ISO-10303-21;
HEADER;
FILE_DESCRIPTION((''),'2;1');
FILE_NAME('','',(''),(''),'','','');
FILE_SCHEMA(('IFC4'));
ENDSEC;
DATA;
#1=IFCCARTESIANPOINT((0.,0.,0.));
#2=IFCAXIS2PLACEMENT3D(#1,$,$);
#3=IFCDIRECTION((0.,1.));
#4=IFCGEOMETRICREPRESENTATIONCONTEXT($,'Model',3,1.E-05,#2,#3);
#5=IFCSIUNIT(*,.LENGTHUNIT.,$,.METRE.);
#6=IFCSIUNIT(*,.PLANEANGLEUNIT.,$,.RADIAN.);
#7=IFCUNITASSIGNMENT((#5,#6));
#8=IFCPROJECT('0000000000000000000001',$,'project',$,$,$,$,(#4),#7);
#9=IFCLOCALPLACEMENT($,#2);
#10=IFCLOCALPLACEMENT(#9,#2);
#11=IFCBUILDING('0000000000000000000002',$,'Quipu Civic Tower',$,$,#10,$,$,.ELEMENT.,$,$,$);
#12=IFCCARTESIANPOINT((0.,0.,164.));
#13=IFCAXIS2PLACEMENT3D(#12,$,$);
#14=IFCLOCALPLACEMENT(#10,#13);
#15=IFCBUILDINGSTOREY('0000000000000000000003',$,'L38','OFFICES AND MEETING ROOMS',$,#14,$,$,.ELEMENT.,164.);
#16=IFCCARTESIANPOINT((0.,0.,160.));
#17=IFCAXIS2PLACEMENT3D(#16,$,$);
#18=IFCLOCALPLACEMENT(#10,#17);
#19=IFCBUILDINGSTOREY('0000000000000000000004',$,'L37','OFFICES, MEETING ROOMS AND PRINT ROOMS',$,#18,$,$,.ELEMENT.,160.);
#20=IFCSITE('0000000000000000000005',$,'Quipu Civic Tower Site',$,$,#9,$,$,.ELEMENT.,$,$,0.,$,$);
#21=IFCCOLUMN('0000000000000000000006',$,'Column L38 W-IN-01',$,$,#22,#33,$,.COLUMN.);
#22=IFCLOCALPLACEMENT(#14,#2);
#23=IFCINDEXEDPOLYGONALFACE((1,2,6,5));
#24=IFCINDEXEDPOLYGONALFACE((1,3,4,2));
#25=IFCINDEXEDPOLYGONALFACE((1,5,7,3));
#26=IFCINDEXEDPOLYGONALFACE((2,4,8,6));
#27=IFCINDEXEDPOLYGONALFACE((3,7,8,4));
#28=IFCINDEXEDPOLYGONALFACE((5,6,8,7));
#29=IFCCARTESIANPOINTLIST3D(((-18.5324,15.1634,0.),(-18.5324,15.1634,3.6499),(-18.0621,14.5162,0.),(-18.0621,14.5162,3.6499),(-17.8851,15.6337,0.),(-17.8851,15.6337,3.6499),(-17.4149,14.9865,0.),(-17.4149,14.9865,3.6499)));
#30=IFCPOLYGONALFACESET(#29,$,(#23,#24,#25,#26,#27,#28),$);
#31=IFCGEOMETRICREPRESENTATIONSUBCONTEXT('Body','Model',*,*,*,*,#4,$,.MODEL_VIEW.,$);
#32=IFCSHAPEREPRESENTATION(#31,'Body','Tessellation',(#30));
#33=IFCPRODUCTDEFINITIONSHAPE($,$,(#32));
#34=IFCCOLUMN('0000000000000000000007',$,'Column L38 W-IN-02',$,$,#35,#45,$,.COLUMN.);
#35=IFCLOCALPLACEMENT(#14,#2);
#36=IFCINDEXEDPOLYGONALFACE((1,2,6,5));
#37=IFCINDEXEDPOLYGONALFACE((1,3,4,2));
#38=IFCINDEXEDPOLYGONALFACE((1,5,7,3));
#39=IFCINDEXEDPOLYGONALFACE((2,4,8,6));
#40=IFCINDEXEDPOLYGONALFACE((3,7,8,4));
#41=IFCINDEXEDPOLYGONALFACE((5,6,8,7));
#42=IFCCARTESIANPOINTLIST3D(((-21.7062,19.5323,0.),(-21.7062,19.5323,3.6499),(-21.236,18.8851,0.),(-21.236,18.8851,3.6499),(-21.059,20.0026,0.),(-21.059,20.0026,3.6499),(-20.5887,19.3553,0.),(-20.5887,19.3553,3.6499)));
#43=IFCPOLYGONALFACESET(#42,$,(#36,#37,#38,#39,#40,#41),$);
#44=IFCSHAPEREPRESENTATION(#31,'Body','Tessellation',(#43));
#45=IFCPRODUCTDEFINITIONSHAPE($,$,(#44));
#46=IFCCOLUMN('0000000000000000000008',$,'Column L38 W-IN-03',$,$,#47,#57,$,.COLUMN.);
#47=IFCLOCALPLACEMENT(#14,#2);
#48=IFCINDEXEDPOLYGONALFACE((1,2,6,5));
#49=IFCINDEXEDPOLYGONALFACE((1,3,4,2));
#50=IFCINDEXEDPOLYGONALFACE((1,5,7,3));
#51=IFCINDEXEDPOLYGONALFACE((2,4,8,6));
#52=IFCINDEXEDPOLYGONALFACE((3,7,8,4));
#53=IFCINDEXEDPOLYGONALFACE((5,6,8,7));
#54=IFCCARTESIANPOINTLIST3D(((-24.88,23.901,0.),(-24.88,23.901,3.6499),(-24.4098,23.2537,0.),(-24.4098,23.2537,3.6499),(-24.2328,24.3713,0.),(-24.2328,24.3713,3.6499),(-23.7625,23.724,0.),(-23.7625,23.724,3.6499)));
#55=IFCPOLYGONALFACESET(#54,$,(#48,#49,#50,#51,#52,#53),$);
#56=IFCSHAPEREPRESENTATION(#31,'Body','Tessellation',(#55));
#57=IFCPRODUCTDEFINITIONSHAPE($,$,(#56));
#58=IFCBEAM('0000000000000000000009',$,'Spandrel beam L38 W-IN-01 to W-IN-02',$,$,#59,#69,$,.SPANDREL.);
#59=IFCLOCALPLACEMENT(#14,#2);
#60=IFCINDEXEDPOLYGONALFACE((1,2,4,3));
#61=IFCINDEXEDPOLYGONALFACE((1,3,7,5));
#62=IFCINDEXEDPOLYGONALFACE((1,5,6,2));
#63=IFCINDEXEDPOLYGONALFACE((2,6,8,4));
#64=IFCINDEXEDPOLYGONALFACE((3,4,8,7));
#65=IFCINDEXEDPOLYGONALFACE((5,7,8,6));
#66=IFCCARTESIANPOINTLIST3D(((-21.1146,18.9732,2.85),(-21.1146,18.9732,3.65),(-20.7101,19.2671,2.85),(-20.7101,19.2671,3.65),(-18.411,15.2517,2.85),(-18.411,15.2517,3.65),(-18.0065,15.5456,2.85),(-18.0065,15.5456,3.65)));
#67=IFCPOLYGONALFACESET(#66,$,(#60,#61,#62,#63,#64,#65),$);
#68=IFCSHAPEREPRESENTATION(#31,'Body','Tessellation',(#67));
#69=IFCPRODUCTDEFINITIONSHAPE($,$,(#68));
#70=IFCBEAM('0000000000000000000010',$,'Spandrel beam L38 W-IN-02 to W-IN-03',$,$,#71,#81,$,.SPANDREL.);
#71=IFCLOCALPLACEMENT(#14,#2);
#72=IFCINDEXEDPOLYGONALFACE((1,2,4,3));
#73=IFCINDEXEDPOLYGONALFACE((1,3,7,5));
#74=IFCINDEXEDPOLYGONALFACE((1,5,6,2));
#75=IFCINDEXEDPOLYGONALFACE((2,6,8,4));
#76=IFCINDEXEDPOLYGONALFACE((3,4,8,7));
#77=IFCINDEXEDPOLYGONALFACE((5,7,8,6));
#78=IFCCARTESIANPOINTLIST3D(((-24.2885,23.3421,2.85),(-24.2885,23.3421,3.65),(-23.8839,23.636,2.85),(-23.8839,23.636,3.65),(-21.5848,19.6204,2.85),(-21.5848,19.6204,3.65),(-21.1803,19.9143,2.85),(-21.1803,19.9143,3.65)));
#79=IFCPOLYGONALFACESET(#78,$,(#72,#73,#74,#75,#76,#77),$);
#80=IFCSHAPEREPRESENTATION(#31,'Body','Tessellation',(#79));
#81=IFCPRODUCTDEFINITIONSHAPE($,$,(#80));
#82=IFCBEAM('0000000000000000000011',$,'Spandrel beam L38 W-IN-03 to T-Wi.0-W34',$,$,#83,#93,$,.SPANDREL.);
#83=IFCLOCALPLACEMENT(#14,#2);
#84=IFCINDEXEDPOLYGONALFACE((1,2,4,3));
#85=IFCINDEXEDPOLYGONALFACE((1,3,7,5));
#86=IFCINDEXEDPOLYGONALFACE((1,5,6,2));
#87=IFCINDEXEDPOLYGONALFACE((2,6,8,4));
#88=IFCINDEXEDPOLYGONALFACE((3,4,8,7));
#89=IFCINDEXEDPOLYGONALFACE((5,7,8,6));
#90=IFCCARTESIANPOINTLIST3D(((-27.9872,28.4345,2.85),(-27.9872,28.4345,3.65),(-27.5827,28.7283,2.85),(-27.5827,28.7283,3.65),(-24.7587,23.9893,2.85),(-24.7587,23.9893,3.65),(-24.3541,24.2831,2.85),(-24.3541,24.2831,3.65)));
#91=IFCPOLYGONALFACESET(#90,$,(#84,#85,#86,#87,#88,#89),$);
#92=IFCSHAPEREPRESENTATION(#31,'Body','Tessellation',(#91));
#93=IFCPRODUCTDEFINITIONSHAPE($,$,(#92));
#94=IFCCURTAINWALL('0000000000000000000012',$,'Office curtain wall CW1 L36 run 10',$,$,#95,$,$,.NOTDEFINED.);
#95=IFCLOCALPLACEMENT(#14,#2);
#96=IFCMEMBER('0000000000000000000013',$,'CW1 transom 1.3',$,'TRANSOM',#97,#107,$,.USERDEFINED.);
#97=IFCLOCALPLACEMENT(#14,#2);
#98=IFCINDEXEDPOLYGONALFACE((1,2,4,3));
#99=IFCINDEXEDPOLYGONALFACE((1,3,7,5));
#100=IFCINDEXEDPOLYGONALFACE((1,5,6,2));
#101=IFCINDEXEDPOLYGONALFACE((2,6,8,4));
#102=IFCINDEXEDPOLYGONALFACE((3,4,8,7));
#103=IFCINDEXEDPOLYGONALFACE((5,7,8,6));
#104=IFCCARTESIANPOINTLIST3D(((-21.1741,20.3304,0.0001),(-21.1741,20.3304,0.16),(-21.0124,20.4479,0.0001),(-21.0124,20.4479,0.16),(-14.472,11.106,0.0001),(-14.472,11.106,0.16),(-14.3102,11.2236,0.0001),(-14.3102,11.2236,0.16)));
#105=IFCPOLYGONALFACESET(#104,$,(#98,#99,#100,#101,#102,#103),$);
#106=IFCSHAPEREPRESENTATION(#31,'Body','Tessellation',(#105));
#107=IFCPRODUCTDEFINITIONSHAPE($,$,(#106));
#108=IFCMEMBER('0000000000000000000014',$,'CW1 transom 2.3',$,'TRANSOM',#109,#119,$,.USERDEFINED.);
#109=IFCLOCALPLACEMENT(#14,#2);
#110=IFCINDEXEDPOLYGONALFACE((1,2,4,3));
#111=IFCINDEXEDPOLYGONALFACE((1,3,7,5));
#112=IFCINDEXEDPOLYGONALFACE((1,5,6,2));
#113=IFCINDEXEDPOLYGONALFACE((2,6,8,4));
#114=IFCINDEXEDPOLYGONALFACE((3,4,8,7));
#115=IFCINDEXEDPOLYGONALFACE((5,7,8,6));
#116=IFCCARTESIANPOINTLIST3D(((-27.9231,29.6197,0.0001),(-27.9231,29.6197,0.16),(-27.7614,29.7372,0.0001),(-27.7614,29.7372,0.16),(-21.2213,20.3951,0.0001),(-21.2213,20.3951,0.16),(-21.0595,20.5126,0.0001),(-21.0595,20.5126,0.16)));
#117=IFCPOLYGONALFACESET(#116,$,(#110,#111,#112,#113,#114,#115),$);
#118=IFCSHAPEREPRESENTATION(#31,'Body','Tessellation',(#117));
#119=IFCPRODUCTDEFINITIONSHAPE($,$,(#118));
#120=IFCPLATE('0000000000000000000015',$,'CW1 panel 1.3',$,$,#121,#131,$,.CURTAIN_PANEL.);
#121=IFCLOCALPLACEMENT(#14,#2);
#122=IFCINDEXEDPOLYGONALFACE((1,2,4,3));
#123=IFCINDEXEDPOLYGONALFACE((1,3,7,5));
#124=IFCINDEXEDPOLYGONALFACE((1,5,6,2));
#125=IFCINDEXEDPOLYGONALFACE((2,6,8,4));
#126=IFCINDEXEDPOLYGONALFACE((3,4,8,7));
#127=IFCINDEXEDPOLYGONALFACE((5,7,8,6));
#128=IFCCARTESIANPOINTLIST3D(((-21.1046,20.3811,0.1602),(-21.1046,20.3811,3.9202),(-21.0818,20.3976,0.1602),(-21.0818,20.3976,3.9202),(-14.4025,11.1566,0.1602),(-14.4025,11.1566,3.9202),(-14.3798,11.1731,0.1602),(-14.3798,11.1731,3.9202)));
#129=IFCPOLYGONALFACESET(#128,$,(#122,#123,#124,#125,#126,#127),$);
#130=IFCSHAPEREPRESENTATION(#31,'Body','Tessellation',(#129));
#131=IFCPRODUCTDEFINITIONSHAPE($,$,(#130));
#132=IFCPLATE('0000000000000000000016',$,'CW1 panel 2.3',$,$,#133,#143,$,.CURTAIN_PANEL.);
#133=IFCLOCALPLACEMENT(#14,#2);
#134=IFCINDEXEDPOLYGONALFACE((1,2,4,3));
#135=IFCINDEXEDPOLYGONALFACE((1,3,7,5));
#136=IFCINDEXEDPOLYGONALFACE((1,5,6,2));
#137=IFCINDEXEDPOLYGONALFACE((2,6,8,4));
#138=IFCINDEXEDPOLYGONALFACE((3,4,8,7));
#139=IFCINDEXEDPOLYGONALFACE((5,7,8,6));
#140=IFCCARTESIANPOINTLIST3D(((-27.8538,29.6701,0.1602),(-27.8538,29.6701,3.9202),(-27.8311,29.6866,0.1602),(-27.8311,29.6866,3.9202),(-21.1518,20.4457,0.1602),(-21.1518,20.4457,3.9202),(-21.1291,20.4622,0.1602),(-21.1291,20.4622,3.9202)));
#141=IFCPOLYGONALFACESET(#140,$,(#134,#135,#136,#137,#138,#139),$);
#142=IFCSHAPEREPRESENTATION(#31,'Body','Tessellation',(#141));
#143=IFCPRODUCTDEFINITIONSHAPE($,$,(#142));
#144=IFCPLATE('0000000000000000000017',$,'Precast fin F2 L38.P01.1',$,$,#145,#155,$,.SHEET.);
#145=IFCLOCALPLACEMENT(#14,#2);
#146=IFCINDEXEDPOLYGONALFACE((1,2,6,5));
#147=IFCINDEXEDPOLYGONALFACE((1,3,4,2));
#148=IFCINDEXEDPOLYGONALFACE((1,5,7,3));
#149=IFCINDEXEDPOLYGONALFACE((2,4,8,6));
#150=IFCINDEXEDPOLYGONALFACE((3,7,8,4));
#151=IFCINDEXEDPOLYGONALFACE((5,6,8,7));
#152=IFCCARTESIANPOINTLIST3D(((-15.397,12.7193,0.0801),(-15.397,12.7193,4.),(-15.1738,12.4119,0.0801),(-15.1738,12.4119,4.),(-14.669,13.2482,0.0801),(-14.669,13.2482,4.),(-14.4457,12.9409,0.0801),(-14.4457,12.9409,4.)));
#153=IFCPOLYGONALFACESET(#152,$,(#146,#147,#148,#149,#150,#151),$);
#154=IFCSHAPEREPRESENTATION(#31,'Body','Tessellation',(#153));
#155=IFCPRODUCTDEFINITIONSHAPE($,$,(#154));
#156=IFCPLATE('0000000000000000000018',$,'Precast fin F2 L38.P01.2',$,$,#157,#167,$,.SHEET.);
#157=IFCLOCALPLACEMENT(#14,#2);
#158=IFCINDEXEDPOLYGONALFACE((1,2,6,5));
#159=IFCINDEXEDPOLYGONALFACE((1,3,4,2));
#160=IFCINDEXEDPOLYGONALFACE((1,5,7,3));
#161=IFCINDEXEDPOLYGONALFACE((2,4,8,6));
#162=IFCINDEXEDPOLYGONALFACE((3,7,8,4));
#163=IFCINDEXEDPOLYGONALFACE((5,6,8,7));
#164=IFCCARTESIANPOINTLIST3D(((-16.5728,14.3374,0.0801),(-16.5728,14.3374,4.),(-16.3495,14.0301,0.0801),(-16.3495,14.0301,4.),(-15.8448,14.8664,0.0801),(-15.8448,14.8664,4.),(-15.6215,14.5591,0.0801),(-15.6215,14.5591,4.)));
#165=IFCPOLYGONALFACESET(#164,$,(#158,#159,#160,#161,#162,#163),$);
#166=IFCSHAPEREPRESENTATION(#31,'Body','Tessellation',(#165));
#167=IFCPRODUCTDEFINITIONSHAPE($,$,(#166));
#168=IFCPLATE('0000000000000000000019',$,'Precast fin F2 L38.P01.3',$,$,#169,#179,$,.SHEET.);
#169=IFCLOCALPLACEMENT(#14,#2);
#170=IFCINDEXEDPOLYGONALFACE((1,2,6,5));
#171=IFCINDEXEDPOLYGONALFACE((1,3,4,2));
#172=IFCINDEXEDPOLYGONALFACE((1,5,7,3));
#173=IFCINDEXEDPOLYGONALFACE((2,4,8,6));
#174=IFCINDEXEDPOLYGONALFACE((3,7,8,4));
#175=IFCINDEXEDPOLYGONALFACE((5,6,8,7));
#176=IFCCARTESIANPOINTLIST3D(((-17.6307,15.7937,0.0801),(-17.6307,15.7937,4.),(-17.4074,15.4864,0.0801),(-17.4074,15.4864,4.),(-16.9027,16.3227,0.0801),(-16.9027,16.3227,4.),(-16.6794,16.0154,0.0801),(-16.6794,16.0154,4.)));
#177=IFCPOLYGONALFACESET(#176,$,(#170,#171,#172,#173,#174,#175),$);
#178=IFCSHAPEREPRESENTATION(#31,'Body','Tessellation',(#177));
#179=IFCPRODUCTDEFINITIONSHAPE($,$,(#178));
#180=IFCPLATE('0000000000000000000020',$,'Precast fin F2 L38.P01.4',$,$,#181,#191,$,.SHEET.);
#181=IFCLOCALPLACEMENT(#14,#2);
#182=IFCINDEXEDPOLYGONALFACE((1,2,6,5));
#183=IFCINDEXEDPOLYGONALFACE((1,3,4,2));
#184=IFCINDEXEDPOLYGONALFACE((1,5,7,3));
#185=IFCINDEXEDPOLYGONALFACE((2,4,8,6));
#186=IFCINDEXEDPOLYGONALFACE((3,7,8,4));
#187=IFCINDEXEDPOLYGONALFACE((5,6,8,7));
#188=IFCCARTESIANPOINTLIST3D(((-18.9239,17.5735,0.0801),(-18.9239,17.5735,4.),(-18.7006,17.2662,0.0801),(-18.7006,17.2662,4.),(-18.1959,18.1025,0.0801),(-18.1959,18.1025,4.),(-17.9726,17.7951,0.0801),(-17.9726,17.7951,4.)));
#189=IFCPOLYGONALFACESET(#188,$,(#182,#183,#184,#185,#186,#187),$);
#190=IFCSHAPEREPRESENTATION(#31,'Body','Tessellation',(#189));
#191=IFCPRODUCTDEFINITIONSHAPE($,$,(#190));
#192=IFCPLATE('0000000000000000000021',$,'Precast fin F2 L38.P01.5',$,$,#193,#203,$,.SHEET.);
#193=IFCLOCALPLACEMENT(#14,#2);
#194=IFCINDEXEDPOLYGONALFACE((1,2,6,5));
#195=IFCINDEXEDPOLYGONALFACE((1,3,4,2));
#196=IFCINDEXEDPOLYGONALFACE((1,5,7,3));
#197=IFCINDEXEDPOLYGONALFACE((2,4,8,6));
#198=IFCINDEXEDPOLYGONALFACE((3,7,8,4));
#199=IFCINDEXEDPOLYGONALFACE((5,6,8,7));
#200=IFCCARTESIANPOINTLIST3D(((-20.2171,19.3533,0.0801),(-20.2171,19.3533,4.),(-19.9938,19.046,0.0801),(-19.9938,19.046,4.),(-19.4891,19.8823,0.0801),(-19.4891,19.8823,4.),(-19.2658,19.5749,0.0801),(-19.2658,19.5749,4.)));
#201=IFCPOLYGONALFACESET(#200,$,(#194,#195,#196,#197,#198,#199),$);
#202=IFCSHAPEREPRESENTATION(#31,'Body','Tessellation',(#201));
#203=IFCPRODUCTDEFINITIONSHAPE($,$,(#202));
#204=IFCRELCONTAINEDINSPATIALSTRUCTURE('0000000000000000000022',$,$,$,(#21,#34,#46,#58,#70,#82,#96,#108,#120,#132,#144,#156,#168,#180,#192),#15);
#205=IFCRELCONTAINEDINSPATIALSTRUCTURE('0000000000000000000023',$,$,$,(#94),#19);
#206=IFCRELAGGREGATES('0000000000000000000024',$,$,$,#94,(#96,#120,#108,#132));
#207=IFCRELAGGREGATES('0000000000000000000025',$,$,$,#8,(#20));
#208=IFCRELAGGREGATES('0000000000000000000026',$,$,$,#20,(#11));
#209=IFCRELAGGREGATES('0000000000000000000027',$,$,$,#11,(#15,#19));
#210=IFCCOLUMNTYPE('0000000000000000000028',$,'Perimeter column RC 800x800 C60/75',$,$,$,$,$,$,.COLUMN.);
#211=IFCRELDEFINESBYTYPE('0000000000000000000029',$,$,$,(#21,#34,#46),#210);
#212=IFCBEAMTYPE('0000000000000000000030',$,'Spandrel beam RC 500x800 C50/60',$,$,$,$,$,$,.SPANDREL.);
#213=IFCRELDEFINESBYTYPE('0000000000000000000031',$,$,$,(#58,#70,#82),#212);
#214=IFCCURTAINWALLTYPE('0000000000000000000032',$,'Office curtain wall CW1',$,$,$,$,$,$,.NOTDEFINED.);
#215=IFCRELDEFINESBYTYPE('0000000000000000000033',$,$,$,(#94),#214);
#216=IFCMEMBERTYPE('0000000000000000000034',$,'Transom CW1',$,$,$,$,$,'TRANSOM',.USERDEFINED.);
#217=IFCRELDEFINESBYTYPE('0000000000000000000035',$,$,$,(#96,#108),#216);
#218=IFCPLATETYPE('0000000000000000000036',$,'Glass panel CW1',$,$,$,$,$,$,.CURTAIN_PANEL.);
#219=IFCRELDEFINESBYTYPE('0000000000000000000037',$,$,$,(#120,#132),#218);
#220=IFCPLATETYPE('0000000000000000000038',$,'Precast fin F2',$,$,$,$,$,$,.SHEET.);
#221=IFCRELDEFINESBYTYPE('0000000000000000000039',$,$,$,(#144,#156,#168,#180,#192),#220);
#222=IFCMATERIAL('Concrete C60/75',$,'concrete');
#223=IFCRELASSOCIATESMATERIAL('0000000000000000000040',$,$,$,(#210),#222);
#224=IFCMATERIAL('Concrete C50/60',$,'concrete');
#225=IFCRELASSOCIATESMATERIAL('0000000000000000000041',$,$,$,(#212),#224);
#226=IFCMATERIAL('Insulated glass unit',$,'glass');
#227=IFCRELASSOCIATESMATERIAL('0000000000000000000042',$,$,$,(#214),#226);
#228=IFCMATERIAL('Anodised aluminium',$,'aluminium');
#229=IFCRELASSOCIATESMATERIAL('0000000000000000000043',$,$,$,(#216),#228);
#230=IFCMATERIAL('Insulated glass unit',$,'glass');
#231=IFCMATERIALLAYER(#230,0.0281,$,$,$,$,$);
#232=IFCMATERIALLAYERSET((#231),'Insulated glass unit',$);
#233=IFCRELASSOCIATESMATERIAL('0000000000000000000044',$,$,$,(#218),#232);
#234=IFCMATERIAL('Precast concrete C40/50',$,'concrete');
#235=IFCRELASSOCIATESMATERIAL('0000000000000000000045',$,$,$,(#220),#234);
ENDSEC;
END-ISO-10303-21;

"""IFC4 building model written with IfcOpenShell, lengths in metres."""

from ifc_helpers import new_model, si_unit, direction, frame, origin, origin_2d, place, context, subcontext, project, spatial, rectangle, extrude, material, layer, layer_set, material_profile, profile_set, type_object, element, aggregate, save


model = new_model("IFC4")

# Units and contexts
model_context = context("Model", 3, precision=1e-05, world=origin(), true_north=direction((0.0, 1.0)))
body_context = subcontext(model_context, "Body", "Model", "MODEL_VIEW")
ifc_project = project(units=[si_unit("LENGTHUNIT", "METRE"), si_unit("PLANEANGLEUNIT", "RADIAN")], contexts=[model_context])

# Site, building, storey
site_placement = place(None, origin())
site = spatial("IfcSite", under=ifc_project, at=site_placement, Name="Quipu Civic Tower Site", CompositionType="ELEMENT", RefElevation=0.0)
building_placement = place(site_placement, origin())
building = spatial("IfcBuilding", under=site, at=building_placement, Name="Quipu Civic Tower", CompositionType="ELEMENT")
storey_1_placement = place(building_placement, frame((0.0, 0.0, 164.0)))
storey_1 = spatial("IfcBuildingStorey", under=building, at=storey_1_placement, Name="L38", Description="OFFICES AND MEETING ROOMS", CompositionType="ELEMENT", Elevation=164.0)

# Columns
ifc_material_1 = material(Name="Concrete C60/75", Category="concrete")
ifc_material_profile_1 = material_profile(ifc_material_1, rectangle(XDim=0.8, YDim=0.8, at=origin_2d()), Name="RC800x800")
ifc_profile_set_1 = profile_set([ifc_material_profile_1], Name="Concrete C60/75")
column_type = type_object("IfcColumnType", Name="Perimeter column RC 800x800 C60/75", PredefinedType="COLUMN", material=ifc_profile_set_1)
for number, where, z_axis, x_axis, name in (
    (1, (-17.9736, 15.075, 0.0), (0.0, 0.0, 1.0), (-0.587785, 0.809017, 0.0), "Column L38 W-IN-01"),
    (2, (-21.1475, 19.4438, 0.0), (0.0, 0.0, 1.0), (-0.587785, 0.809017, 0.0), "Column L38 W-IN-02"),
    (3, (-24.3213, 23.8125, 0.0), (0.0, 0.0, 1.0), (-0.587785, 0.809017, 0.0), "Column L38 W-IN-03"),
):
    element("IfcColumn", number, at=place(storey_1_placement, frame(where, z_axis=z_axis, x_axis=x_axis)), inside=storey_1, type_object=column_type, Name=name, PredefinedType="COLUMN", context=body_context, shape_type="SweptSolid", body=[
        extrude(rectangle(XDim=0.8, YDim=0.8, at=origin_2d()), origin(), (0.0, 0.0, 1.0), 3.6499),
    ])

# Beams
ifc_material_2 = material(Name="Concrete C50/60", Category="concrete")
ifc_material_profile_2 = material_profile(ifc_material_2, rectangle(XDim=0.5, YDim=0.8, at=origin_2d()), Name="RC500x800")
ifc_profile_set_2 = profile_set([ifc_material_profile_2], Name="Concrete C50/60")
beam_type = type_object("IfcBeamType", Name="Spandrel beam RC 500x800 C50/60", PredefinedType="SPANDREL", material=ifc_profile_set_2)
beam_1_placement = place(storey_1_placement, frame((-18.2087, 15.3987, 3.25), z_axis=(-0.587761, 0.809034, 0.0), x_axis=(-0.809034, -0.587761, 0.0)))
element("IfcBeam", 4, at=beam_1_placement, inside=storey_1, type_object=beam_type, Name="Spandrel beam L38 W-IN-01 to W-IN-02", PredefinedType="SPANDREL", context=body_context, shape_type="SweptSolid", body=[
    extrude(rectangle(XDim=0.5, YDim=0.8, at=origin_2d()), origin(), (0.0, 0.0, 1.0), 4.5999),
])
beam_2_placement = place(storey_1_placement, frame((-21.3826, 19.7673, 3.25), z_axis=(-0.587736, 0.809053, 0.0), x_axis=(-0.809053, -0.587736, 0.0)))
element("IfcBeam", 5, at=beam_2_placement, inside=storey_1, type_object=beam_type, Name="Spandrel beam L38 W-IN-02 to W-IN-03", PredefinedType="SPANDREL", context=body_context, shape_type="SweptSolid", body=[
    extrude(rectangle(XDim=0.5, YDim=0.8, at=origin_2d()), origin(), (0.0, 0.0, 1.0), 4.6001),
])
beam_3_placement = place(storey_1_placement, frame((-24.5564, 24.1362, 3.25), z_axis=(-0.587664, 0.809105, 0.0), x_axis=(-0.809105, -0.587664, 0.0)))
element("IfcBeam", 6, at=beam_3_placement, inside=storey_1, type_object=beam_type, Name="Spandrel beam L38 W-IN-03 to T-Wi.0-W34", PredefinedType="SPANDREL", context=body_context, shape_type="SweptSolid", body=[
    extrude(rectangle(XDim=0.5, YDim=0.8, at=origin_2d()), origin(), (0.0, 0.0, 1.0), 5.4939),
])

# Shared definitions
storey_2_placement = place(building_placement, frame((0.0, 0.0, 160.0)))
storey_2 = spatial("IfcBuildingStorey", under=building, at=storey_2_placement, Name="L37", Description="OFFICES, MEETING ROOMS AND PRINT ROOMS", CompositionType="ELEMENT", Elevation=160.0)

# Curtain wall, members, plates
ifc_material_3 = material(Name="Insulated glass unit", Category="glass")
curtain_wall_type = type_object("IfcCurtainWallType", Name="Office curtain wall CW1", PredefinedType="NOTDEFINED", material=ifc_material_3)
curtain_wall_placement = place(storey_2_placement, origin())
curtain_wall = element("IfcCurtainWall", 7, at=curtain_wall_placement, inside=storey_2, type_object=curtain_wall_type, Name="Office curtain wall CW1 L36 run 10", PredefinedType="NOTDEFINED")
ifc_material_4 = material(Name="Anodised aluminium", Category="aluminium")
ifc_material_profile_3 = material_profile(ifc_material_4, rectangle(XDim=0.2, YDim=0.1599, at=origin_2d()), Name="RECT 200x160")
ifc_profile_set_3 = profile_set([ifc_material_profile_3], Name="Anodised aluminium")
member_type = type_object("IfcMemberType", Name="Transom CW1", ElementType="TRANSOM", PredefinedType="USERDEFINED", material=ifc_profile_set_3)
member_1_placement = place(storey_1_placement, frame((-14.3911, 11.1648, 0.0801), z_axis=(-0.5878, 0.809006, 0.0), x_axis=(-0.809006, -0.5878, 0.0)))
member_1 = element("IfcMember", 8, at=member_1_placement, inside=storey_1, type_object=member_type, Name="CW1 transom 1.3", ObjectType="TRANSOM", PredefinedType="USERDEFINED", context=body_context, shape_type="SweptSolid", body=[
    extrude(rectangle(XDim=0.2, YDim=0.1599, at=origin_2d()), origin(), (0.0, 0.0, 1.0), 11.4021),
])
member_2_placement = place(storey_1_placement, frame((-21.1404, 20.4539, 0.0801), z_axis=(-0.587776, 0.809024, 0.0), x_axis=(-0.809024, -0.587776, 0.0)))
member_2 = element("IfcMember", 9, at=member_2_placement, inside=storey_1, type_object=member_type, Name="CW1 transom 2.3", ObjectType="TRANSOM", PredefinedType="USERDEFINED", context=body_context, shape_type="SweptSolid", body=[
    extrude(rectangle(XDim=0.2, YDim=0.1599, at=origin_2d()), origin(), (0.0, 0.0, 1.0), 11.4021),
])
ifc_material_5 = material(Name="Insulated glass unit", Category="glass")
ifc_layer_1 = layer(ifc_material_5, 0.0281)
ifc_layer_set_1 = layer_set([ifc_layer_1], Name="Insulated glass unit")
plate_type_1 = type_object("IfcPlateType", Name="Glass panel CW1", PredefinedType="CURTAIN_PANEL", material=ifc_layer_set_1)
plate_1_placement = place(storey_1_placement, frame((-17.7422, 15.7771, 0.1602), z_axis=(0.0, 0.0, 1.0), x_axis=(-0.587789, 0.809014, 0.0)))
plate_1 = element("IfcPlate", 10, at=plate_1_placement, inside=storey_1, type_object=plate_type_1, Name="CW1 panel 1.3", PredefinedType="CURTAIN_PANEL", context=body_context, shape_type="SweptSolid", body=[
    extrude(rectangle(XDim=11.4021, YDim=0.0281, at=origin_2d()), origin(), (0.0, 0.0, 1.0), 3.76),
])
plate_2_placement = place(storey_1_placement, frame((-24.4915, 25.0662, 0.1602), z_axis=(0.0, 0.0, 1.0), x_axis=(-0.587789, 0.809014, 0.0)))
plate_2 = element("IfcPlate", 11, at=plate_2_placement, inside=storey_1, type_object=plate_type_1, Name="CW1 panel 2.3", PredefinedType="CURTAIN_PANEL", context=body_context, shape_type="SweptSolid", body=[
    extrude(rectangle(XDim=11.4021, YDim=0.0281, at=origin_2d()), origin(), (0.0, 0.0, 1.0), 3.76),
])
aggregate(curtain_wall, [member_1, plate_1, member_2, plate_2])

# Plates
ifc_material_6 = material(Name="Precast concrete C40/50", Category="concrete")
plate_type_2 = type_object("IfcPlateType", Name="Precast fin F2", PredefinedType="SHEET", material=ifc_material_6)
for number, where, z_axis, x_axis, name in (
    (12, (-14.9214, 12.8301, 0.0801), (0.0, 0.0, 1.0), (-0.587787, 0.809016, 0.0), "Precast fin F2 L38.P01.1"),
    (13, (-16.0972, 14.4482, 0.0801), (0.0, 0.0, 1.0), (-0.587787, 0.809016, 0.0), "Precast fin F2 L38.P01.2"),
    (14, (-17.155, 15.9045, 0.0801), (0.0, 0.0, 1.0), (-0.587787, 0.809016, 0.0), "Precast fin F2 L38.P01.3"),
    (15, (-18.4482, 17.6843, 0.0801), (0.0, 0.0, 1.0), (-0.587787, 0.809016, 0.0), "Precast fin F2 L38.P01.4"),
    (16, (-19.7415, 19.4641, 0.0801), (0.0, 0.0, 1.0), (-0.587787, 0.809016, 0.0), "Precast fin F2 L38.P01.5"),
):
    element("IfcPlate", number, at=place(storey_1_placement, frame(where, z_axis=z_axis, x_axis=x_axis)), inside=storey_1, type_object=plate_type_2, Name=name, PredefinedType="SHEET", context=body_context, shape_type="SweptSolid", body=[
        extrude(rectangle(XDim=0.3799, YDim=0.8999, at=origin_2d()), origin(), (0.0, 0.0, 1.0), 3.9199),
    ])

save(model, "model.ifc")
